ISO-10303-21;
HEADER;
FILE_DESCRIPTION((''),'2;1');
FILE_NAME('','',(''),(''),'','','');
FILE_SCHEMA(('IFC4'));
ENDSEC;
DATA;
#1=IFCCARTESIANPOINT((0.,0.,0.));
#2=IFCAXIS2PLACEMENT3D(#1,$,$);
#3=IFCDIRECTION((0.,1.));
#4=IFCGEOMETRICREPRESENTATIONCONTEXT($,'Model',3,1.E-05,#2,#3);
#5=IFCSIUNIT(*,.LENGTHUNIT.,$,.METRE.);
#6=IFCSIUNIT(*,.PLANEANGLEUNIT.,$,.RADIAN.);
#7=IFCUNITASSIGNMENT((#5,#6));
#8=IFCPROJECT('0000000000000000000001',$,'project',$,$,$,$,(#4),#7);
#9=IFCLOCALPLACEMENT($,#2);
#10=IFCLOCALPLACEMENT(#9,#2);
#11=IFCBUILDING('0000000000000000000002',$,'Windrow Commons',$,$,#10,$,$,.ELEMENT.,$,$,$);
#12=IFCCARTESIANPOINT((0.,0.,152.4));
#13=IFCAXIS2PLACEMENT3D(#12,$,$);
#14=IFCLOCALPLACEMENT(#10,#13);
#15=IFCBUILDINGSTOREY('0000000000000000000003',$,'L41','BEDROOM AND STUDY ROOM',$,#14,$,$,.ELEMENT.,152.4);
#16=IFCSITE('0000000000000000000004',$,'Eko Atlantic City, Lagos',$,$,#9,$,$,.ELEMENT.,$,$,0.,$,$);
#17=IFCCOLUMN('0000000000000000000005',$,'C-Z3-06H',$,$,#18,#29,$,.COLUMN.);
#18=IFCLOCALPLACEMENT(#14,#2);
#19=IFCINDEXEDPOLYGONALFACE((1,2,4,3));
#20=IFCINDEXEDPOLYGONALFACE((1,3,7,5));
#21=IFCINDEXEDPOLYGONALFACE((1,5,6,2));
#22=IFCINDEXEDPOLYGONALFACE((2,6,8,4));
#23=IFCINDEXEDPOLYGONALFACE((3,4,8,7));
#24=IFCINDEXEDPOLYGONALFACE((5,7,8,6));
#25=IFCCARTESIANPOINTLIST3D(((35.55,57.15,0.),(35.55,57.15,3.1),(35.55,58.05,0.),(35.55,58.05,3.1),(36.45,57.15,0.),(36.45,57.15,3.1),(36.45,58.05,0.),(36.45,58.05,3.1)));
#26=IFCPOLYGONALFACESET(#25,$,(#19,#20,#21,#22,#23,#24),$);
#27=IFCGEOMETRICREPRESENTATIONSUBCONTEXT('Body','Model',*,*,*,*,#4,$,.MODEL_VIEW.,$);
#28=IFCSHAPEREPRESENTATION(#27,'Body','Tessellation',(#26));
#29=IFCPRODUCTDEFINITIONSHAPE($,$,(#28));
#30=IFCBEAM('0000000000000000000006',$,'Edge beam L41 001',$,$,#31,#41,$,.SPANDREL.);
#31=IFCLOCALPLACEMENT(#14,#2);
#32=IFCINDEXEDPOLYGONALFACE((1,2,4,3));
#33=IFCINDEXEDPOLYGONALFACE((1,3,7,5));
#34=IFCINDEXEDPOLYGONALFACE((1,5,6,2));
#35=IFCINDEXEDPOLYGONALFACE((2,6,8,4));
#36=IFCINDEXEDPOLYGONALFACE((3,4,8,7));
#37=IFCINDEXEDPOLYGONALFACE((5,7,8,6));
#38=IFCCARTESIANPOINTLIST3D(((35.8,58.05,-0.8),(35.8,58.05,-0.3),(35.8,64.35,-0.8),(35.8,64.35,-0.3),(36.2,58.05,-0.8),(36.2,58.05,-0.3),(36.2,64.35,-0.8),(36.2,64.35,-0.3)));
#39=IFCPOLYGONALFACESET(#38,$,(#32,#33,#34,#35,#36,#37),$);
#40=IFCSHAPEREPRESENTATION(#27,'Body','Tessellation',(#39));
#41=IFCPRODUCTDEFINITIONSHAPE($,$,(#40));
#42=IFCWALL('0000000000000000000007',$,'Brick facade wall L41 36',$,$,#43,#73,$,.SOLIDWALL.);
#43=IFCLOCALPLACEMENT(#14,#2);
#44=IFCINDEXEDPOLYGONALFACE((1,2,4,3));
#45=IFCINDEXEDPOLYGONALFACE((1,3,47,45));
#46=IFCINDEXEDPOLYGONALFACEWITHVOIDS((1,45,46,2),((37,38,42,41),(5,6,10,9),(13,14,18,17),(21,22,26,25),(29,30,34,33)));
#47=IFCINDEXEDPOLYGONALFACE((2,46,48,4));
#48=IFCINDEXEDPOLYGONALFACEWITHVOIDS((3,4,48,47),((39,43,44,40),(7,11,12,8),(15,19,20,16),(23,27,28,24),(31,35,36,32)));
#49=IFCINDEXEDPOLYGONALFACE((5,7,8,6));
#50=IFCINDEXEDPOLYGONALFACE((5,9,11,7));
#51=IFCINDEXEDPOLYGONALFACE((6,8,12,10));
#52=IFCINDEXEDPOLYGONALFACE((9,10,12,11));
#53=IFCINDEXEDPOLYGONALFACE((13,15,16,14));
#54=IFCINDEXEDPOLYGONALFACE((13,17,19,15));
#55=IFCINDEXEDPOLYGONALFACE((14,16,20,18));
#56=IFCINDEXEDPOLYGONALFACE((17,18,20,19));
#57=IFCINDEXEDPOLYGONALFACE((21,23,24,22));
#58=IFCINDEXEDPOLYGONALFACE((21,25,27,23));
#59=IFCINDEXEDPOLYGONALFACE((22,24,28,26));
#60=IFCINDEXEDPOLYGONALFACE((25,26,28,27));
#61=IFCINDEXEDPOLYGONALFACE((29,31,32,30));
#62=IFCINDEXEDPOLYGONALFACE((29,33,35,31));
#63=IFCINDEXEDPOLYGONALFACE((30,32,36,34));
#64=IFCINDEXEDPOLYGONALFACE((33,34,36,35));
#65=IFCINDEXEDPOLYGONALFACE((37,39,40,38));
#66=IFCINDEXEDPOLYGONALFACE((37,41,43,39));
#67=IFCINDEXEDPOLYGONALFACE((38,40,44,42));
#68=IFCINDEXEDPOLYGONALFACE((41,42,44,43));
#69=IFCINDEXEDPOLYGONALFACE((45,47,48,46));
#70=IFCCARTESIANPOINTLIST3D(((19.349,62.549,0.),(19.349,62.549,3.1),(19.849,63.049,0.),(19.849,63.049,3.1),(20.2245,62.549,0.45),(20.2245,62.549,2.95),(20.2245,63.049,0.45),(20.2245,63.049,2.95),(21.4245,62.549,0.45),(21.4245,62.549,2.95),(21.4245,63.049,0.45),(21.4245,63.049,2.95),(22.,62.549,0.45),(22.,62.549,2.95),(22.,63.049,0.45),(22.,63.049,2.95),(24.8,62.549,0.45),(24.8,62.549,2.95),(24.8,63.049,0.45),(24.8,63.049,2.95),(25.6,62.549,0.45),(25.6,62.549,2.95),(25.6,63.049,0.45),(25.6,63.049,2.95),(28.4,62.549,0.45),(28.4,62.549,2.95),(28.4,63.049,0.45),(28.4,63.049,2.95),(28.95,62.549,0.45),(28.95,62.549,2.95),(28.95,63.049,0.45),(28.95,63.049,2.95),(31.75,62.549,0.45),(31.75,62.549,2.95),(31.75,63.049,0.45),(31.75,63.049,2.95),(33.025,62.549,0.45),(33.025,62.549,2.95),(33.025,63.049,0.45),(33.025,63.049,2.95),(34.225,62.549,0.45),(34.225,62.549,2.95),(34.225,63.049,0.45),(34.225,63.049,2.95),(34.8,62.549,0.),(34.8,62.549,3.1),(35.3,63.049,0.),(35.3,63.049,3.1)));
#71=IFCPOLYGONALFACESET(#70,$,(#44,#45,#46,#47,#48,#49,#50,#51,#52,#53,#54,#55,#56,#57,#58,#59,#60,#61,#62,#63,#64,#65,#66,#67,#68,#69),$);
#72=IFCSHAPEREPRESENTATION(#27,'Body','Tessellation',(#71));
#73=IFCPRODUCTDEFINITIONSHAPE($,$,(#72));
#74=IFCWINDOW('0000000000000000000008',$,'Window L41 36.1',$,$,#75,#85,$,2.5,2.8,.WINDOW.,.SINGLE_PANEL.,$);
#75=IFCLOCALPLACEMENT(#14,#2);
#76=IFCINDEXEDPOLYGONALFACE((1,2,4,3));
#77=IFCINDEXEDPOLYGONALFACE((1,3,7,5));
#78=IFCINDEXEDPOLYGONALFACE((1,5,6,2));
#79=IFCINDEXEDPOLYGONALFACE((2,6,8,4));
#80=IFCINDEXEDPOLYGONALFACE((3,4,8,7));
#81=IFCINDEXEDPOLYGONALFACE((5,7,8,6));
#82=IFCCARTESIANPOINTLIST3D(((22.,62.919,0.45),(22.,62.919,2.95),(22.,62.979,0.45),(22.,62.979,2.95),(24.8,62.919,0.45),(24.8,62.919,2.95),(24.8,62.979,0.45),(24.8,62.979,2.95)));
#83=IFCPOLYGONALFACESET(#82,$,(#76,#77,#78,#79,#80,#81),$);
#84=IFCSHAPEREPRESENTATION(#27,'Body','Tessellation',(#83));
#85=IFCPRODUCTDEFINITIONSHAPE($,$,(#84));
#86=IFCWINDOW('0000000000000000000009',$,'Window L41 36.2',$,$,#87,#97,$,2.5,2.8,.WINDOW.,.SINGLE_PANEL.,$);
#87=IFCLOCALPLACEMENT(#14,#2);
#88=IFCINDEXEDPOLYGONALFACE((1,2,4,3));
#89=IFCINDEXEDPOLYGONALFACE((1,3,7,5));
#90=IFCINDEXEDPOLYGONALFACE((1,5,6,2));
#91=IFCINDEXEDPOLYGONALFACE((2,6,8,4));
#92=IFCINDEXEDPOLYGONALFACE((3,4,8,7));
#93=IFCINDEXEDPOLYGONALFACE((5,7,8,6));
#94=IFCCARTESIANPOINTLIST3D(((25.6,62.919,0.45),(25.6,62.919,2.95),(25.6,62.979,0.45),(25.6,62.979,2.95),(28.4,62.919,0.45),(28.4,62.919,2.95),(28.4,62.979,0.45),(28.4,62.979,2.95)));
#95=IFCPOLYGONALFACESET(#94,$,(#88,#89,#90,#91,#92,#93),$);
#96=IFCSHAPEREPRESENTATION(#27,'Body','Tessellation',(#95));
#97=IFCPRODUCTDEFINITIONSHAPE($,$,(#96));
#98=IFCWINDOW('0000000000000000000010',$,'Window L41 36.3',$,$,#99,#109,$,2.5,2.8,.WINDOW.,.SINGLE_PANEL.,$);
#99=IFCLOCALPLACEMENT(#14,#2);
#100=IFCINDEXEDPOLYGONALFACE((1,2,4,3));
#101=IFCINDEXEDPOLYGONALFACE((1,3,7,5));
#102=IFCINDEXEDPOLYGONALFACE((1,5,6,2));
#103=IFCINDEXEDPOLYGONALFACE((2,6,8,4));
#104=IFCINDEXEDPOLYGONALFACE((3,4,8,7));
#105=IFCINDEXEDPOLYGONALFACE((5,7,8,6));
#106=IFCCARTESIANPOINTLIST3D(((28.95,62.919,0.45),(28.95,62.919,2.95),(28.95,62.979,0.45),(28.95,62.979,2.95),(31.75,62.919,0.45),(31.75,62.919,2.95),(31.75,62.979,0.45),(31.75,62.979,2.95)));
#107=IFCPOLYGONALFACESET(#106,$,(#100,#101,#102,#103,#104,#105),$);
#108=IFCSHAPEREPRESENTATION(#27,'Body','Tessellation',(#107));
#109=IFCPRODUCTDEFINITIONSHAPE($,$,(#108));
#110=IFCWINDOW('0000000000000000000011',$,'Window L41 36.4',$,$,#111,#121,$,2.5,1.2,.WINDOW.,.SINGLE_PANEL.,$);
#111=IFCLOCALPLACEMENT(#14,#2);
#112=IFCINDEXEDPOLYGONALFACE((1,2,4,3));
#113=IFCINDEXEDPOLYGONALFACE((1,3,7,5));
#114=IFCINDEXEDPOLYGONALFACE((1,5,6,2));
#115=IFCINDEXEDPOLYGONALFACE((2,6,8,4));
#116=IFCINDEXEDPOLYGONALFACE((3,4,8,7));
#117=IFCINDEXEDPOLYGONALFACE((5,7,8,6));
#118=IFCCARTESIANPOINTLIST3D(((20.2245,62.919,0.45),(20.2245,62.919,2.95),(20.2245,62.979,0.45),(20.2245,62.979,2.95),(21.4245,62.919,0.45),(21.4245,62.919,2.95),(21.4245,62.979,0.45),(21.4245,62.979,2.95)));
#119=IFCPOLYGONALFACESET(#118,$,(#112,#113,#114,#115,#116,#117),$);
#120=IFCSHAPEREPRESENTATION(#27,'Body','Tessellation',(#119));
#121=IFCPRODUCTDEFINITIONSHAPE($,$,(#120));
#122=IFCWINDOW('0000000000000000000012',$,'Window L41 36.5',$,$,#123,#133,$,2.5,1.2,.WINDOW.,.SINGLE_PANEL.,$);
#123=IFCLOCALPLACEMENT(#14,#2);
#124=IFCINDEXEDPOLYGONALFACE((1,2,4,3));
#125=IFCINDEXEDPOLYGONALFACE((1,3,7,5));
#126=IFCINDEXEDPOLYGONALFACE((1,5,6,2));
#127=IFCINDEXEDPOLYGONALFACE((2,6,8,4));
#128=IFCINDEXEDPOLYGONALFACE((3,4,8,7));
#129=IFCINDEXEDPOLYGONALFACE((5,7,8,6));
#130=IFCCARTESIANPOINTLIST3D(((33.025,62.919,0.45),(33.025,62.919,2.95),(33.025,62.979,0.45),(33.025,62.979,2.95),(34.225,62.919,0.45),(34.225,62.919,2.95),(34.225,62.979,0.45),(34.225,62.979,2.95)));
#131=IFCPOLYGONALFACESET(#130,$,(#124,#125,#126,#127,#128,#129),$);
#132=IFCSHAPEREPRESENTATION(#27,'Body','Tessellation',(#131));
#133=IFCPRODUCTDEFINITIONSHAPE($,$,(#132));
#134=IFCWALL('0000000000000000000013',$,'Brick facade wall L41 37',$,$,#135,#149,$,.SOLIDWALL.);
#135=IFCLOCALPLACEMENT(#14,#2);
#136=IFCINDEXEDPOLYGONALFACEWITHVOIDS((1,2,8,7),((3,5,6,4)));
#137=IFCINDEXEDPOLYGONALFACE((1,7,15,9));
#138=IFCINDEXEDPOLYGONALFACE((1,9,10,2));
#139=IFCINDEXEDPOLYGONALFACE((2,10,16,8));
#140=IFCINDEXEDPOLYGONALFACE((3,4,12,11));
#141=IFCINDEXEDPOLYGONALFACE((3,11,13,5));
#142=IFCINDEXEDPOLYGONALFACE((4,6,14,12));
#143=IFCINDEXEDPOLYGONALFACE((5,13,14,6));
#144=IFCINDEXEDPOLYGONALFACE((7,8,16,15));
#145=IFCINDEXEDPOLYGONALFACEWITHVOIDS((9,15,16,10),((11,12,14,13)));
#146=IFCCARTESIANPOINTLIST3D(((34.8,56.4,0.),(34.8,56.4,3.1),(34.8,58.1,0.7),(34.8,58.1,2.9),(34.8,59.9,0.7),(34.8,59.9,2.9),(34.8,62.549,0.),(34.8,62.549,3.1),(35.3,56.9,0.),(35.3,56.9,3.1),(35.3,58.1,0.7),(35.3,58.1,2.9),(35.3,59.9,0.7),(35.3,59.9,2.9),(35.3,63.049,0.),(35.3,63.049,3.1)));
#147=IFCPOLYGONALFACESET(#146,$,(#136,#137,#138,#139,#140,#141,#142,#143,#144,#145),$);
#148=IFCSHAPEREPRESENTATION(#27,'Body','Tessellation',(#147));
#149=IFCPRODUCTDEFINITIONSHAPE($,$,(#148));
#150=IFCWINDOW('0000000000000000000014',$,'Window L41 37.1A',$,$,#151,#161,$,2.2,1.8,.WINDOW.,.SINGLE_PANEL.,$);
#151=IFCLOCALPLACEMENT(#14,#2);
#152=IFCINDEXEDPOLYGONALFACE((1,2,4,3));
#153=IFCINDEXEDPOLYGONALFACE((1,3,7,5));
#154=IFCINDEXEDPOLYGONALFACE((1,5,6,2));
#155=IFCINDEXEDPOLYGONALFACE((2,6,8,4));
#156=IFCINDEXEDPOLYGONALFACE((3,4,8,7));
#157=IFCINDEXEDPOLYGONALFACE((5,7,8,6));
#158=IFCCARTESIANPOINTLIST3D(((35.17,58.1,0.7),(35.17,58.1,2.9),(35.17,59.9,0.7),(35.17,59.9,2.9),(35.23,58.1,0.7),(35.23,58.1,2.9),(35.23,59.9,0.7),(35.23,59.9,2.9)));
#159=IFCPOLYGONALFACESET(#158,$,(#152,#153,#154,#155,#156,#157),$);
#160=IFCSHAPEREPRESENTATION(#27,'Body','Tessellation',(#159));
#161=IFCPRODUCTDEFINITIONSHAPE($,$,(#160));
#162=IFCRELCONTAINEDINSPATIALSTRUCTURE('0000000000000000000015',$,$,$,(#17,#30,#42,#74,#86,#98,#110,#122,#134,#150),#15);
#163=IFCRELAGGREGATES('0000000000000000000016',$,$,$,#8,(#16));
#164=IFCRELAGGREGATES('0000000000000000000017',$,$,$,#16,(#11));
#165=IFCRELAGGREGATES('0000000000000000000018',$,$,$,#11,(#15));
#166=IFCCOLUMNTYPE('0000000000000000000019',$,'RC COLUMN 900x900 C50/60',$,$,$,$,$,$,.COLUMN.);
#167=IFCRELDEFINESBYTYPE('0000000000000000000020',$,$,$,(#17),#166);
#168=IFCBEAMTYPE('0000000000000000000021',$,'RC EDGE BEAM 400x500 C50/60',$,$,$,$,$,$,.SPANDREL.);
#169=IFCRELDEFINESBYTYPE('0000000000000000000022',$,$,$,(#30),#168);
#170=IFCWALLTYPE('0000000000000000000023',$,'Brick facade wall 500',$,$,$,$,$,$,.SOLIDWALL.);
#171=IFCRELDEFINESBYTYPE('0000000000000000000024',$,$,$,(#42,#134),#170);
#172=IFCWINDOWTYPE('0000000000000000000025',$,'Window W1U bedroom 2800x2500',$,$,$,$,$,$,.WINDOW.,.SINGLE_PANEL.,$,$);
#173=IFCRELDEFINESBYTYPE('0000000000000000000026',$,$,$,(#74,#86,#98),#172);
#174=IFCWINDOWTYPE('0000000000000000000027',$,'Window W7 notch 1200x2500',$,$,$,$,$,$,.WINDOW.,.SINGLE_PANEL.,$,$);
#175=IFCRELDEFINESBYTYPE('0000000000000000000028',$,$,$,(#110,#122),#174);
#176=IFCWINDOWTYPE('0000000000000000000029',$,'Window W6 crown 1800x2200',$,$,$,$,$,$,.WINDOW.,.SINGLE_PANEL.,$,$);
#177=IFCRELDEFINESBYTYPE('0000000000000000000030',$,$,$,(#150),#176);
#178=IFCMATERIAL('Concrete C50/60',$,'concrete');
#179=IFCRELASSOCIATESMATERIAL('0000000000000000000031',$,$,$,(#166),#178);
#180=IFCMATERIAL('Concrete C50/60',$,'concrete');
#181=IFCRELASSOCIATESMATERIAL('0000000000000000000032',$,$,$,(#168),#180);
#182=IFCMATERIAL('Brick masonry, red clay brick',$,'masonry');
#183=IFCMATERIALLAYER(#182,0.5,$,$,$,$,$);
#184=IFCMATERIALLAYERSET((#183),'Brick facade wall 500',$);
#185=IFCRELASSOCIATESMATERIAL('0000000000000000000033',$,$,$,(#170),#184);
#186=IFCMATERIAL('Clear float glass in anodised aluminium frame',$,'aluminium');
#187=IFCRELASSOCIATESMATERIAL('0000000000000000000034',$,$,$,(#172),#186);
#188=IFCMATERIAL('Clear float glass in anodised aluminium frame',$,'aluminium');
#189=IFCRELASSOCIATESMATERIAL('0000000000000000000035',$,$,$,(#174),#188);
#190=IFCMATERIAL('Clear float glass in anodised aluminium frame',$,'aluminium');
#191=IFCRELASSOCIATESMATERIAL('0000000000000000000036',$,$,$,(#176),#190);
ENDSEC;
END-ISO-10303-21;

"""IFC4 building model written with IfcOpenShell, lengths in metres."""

from ifc_helpers import new_model, si_unit, direction, frame, frame_2d, origin, origin_2d, place, context, subcontext, project, spatial, polyline, rectangle, outline, extrude, material, layer, layer_set, material_profile, profile_set, type_object, element, fill, save


model = new_model("IFC4")

# Units and contexts
model_context = context("Model", 3, precision=1e-05, world=origin(), true_north=direction((0.0, 1.0)))
body_context = subcontext(model_context, "Body", "Model", "MODEL_VIEW")
ifc_project = project(units=[si_unit("LENGTHUNIT", "METRE"), si_unit("PLANEANGLEUNIT", "RADIAN")], contexts=[model_context])

# Site, building, storey
site_placement = place(None, origin())
site = spatial("IfcSite", under=ifc_project, at=site_placement, Name="Eko Atlantic City, Lagos", CompositionType="ELEMENT", RefElevation=0.0)
building_placement = place(site_placement, origin())
building = spatial("IfcBuilding", under=site, at=building_placement, Name="Windrow Commons", CompositionType="ELEMENT")
storey_placement = place(building_placement, frame((0.0, 0.0, 152.4)))
storey = spatial("IfcBuildingStorey", under=building, at=storey_placement, Name="L41", Description="BEDROOM AND STUDY ROOM", CompositionType="ELEMENT", Elevation=152.4)

# Column
ifc_material_1 = material(Name="Concrete C50/60", Category="concrete")
ifc_material_profile_1 = material_profile(ifc_material_1, rectangle(XDim=0.9, YDim=0.9, at=origin_2d()))
ifc_profile_set_1 = profile_set([ifc_material_profile_1], Name="Concrete C50/60")
column_type = type_object("IfcColumnType", Name="RC COLUMN 900x900 C50/60", PredefinedType="COLUMN", material=ifc_profile_set_1)
column_placement = place(storey_placement, frame((36.0, 57.6, 0.0), z_axis=(0.0, 0.0, 1.0), x_axis=(1.0, 0.0, 0.0)))
element("IfcColumn", 1, at=column_placement, inside=storey, type_object=column_type, Name="C-Z3-06H", PredefinedType="COLUMN", context=body_context, shape_type="SweptSolid", body=[
    extrude(rectangle(XDim=0.9, YDim=0.9, at=origin_2d()), origin(), (0.0, 0.0, 1.0), 3.1),
])

# Beam
ifc_material_2 = material(Name="Concrete C50/60", Category="concrete")
ifc_material_profile_2 = material_profile(ifc_material_2, rectangle(XDim=0.4, YDim=0.5, at=origin_2d()))
ifc_profile_set_2 = profile_set([ifc_material_profile_2], Name="Concrete C50/60")
beam_type = type_object("IfcBeamType", Name="RC EDGE BEAM 400x500 C50/60", PredefinedType="SPANDREL", material=ifc_profile_set_2)
beam_placement = place(storey_placement, frame((36.0, 58.05, -0.55), z_axis=(0.0, 1.0, 0.0), x_axis=(-1.0, 0.0, 0.0)))
element("IfcBeam", 2, at=beam_placement, inside=storey, type_object=beam_type, Name="Edge beam L41 001", PredefinedType="SPANDREL", context=body_context, shape_type="SweptSolid", body=[
    extrude(rectangle(XDim=0.4, YDim=0.5, at=origin_2d()), origin(), (0.0, 0.0, 1.0), 6.3),
])

# Wall, openings, windows
ifc_material_3 = material(Name="Brick masonry, red clay brick", Category="masonry")
ifc_layer_1 = layer(ifc_material_3, 0.5)
ifc_layer_set_1 = layer_set([ifc_layer_1], Name="Brick facade wall 500")
wall_type_1 = type_object("IfcWallType", Name="Brick facade wall 500", PredefinedType="SOLIDWALL", material=ifc_layer_set_1)
wall_1_placement = place(storey_placement, frame((19.599, 62.799, 0.0), z_axis=(0.0, 0.0, 1.0), x_axis=(1.0, 0.0, 0.0)))
wall_1 = element("IfcWall", 3, at=wall_1_placement, inside=storey, type_object=wall_type_1, Name="Brick facade wall L41 36", PredefinedType="SOLIDWALL", context=body_context, shape_type="SweptSolid", body=[
    extrude(outline(polyline([(-0.25, -0.25), (15.201, -0.25), (15.701, 0.25), (0.25, 0.25), (-0.25, -0.25)])), origin(), (0.0, 0.0, 1.0), 3.1),
])
opening_1_placement = place(wall_1_placement, frame((2.401, 0.0, 0.45)))
opening_1 = element("IfcOpeningElement", 4, at=opening_1_placement, cuts=wall_1, PredefinedType="OPENING", context=body_context, shape_type="SweptSolid", body=[
    extrude(rectangle(XDim=2.8, YDim=2.5, at=frame_2d((1.4, 1.25))), frame((0.0, 0.26, 0.0), z_axis=(0.0, -1.0, 0.0), x_axis=(1.0, 0.0, 0.0)), (0.0, 0.0, 1.0), 0.52),
])
opening_2_placement = place(wall_1_placement, frame((6.001, 0.0, 0.45)))
opening_2 = element("IfcOpeningElement", 5, at=opening_2_placement, cuts=wall_1, PredefinedType="OPENING", context=body_context, shape_type="SweptSolid", body=[
    extrude(rectangle(XDim=2.8, YDim=2.5, at=frame_2d((1.4, 1.25))), frame((0.0, 0.26, 0.0), z_axis=(0.0, -1.0, 0.0), x_axis=(1.0, 0.0, 0.0)), (0.0, 0.0, 1.0), 0.52),
])
opening_3_placement = place(wall_1_placement, frame((9.351, 0.0, 0.45)))
opening_3 = element("IfcOpeningElement", 6, at=opening_3_placement, cuts=wall_1, PredefinedType="OPENING", context=body_context, shape_type="SweptSolid", body=[
    extrude(rectangle(XDim=2.8, YDim=2.5, at=frame_2d((1.4, 1.25))), frame((0.0, 0.26, 0.0), z_axis=(0.0, -1.0, 0.0), x_axis=(1.0, 0.0, 0.0)), (0.0, 0.0, 1.0), 0.52),
])
opening_4_placement = place(wall_1_placement, frame((0.6255, 0.0, 0.45)))
opening_4 = element("IfcOpeningElement", 7, at=opening_4_placement, cuts=wall_1, PredefinedType="OPENING", context=body_context, shape_type="SweptSolid", body=[
    extrude(rectangle(XDim=1.2, YDim=2.5, at=frame_2d((0.6, 1.25))), frame((0.0, 0.26, 0.0), z_axis=(0.0, -1.0, 0.0), x_axis=(1.0, 0.0, 0.0)), (0.0, 0.0, 1.0), 0.52),
])
opening_5_placement = place(wall_1_placement, frame((13.426, 0.0, 0.45)))
opening_5 = element("IfcOpeningElement", 8, at=opening_5_placement, cuts=wall_1, PredefinedType="OPENING", context=body_context, shape_type="SweptSolid", body=[
    extrude(rectangle(XDim=1.2, YDim=2.5, at=frame_2d((0.6, 1.25))), frame((0.0, 0.26, 0.0), z_axis=(0.0, -1.0, 0.0), x_axis=(1.0, 0.0, 0.0)), (0.0, 0.0, 1.0), 0.52),
])
ifc_material_4 = material(Name="Clear float glass in anodised aluminium frame", Category="aluminium")
window_type_1 = type_object("IfcWindowType", Name="Window W1U bedroom 2800x2500", PartitioningType="SINGLE_PANEL", PredefinedType="WINDOW", material=ifc_material_4)
window_1_placement = place(opening_1_placement, origin())
window_1 = element("IfcWindow", 9, at=window_1_placement, inside=storey, type_object=window_type_1, Name="Window L41 36.1", OverallHeight=2.5, OverallWidth=2.8, PartitioningType="SINGLE_PANEL", PredefinedType="WINDOW", context=body_context, shape_type="SweptSolid", body=[
    extrude(rectangle(XDim=2.8, YDim=2.5, at=frame_2d((1.4, 1.25))), frame((0.0, 0.18, 0.0), z_axis=(0.0, -1.0, 0.0), x_axis=(1.0, 0.0, 0.0)), (0.0, 0.0, 1.0), 0.06),
])
fill(opening_1, window_1)
window_2_placement = place(opening_2_placement, origin())
window_2 = element("IfcWindow", 10, at=window_2_placement, inside=storey, type_object=window_type_1, Name="Window L41 36.2", OverallHeight=2.5, OverallWidth=2.8, PartitioningType="SINGLE_PANEL", PredefinedType="WINDOW", context=body_context, shape_type="SweptSolid", body=[
    extrude(rectangle(XDim=2.8, YDim=2.5, at=frame_2d((1.4, 1.25))), frame((0.0, 0.18, 0.0), z_axis=(0.0, -1.0, 0.0), x_axis=(1.0, 0.0, 0.0)), (0.0, 0.0, 1.0), 0.06),
])
fill(opening_2, window_2)
window_3_placement = place(opening_3_placement, origin())
window_3 = element("IfcWindow", 11, at=window_3_placement, inside=storey, type_object=window_type_1, Name="Window L41 36.3", OverallHeight=2.5, OverallWidth=2.8, PartitioningType="SINGLE_PANEL", PredefinedType="WINDOW", context=body_context, shape_type="SweptSolid", body=[
    extrude(rectangle(XDim=2.8, YDim=2.5, at=frame_2d((1.4, 1.25))), frame((0.0, 0.18, 0.0), z_axis=(0.0, -1.0, 0.0), x_axis=(1.0, 0.0, 0.0)), (0.0, 0.0, 1.0), 0.06),
])
fill(opening_3, window_3)
ifc_material_5 = material(Name="Clear float glass in anodised aluminium frame", Category="aluminium")
window_type_2 = type_object("IfcWindowType", Name="Window W7 notch 1200x2500", PartitioningType="SINGLE_PANEL", PredefinedType="WINDOW", material=ifc_material_5)
window_4_placement = place(opening_4_placement, origin())
window_4 = element("IfcWindow", 12, at=window_4_placement, inside=storey, type_object=window_type_2, Name="Window L41 36.4", OverallHeight=2.5, OverallWidth=1.2, PartitioningType="SINGLE_PANEL", PredefinedType="WINDOW", context=body_context, shape_type="SweptSolid", body=[
    extrude(rectangle(XDim=1.2, YDim=2.5, at=frame_2d((0.6, 1.25))), frame((0.0, 0.18, 0.0), z_axis=(0.0, -1.0, 0.0), x_axis=(1.0, 0.0, 0.0)), (0.0, 0.0, 1.0), 0.06),
])
fill(opening_4, window_4)
window_5_placement = place(opening_5_placement, origin())
window_5 = element("IfcWindow", 13, at=window_5_placement, inside=storey, type_object=window_type_2, Name="Window L41 36.5", OverallHeight=2.5, OverallWidth=1.2, PartitioningType="SINGLE_PANEL", PredefinedType="WINDOW", context=body_context, shape_type="SweptSolid", body=[
    extrude(rectangle(XDim=1.2, YDim=2.5, at=frame_2d((0.6, 1.25))), frame((0.0, 0.18, 0.0), z_axis=(0.0, -1.0, 0.0), x_axis=(1.0, 0.0, 0.0)), (0.0, 0.0, 1.0), 0.06),
])
fill(opening_5, window_5)

# Wall, opening, window
wall_2_placement = place(storey_placement, frame((35.05, 62.799, 0.0), z_axis=(0.0, 0.0, 1.0), x_axis=(0.0, -1.0, 0.0)))
wall_2 = element("IfcWall", 14, at=wall_2_placement, inside=storey, type_object=wall_type_1, Name="Brick facade wall L41 37", PredefinedType="SOLIDWALL", context=body_context, shape_type="SweptSolid", body=[
    extrude(outline(polyline([(0.25, -0.25), (6.399, -0.25), (5.899, 0.25), (-0.25, 0.25), (0.25, -0.25)])), origin(), (0.0, 0.0, 1.0), 3.1),
])
opening_6_placement = place(wall_2_placement, frame((2.899, 0.0, 0.7)))
opening_6 = element("IfcOpeningElement", 15, at=opening_6_placement, cuts=wall_2, PredefinedType="OPENING", context=body_context, shape_type="SweptSolid", body=[
    extrude(rectangle(XDim=1.8, YDim=2.2, at=frame_2d((0.9, 1.1))), frame((0.0, 0.26, 0.0), z_axis=(0.0, -1.0, 0.0), x_axis=(1.0, 0.0, 0.0)), (0.0, 0.0, 1.0), 0.52),
])
ifc_material_6 = material(Name="Clear float glass in anodised aluminium frame", Category="aluminium")
window_type_3 = type_object("IfcWindowType", Name="Window W6 crown 1800x2200", PartitioningType="SINGLE_PANEL", PredefinedType="WINDOW", material=ifc_material_6)
window_6_placement = place(opening_6_placement, origin())
window_6 = element("IfcWindow", 16, at=window_6_placement, inside=storey, type_object=window_type_3, Name="Window L41 37.1A", OverallHeight=2.2, OverallWidth=1.8, PartitioningType="SINGLE_PANEL", PredefinedType="WINDOW", context=body_context, shape_type="SweptSolid", body=[
    extrude(rectangle(XDim=1.8, YDim=2.2, at=frame_2d((0.9, 1.1))), frame((0.0, 0.18, 0.0), z_axis=(0.0, -1.0, 0.0), x_axis=(1.0, 0.0, 0.0)), (0.0, 0.0, 1.0), 0.06),
])
fill(opening_6, window_6)

save(model, "model.ifc")
